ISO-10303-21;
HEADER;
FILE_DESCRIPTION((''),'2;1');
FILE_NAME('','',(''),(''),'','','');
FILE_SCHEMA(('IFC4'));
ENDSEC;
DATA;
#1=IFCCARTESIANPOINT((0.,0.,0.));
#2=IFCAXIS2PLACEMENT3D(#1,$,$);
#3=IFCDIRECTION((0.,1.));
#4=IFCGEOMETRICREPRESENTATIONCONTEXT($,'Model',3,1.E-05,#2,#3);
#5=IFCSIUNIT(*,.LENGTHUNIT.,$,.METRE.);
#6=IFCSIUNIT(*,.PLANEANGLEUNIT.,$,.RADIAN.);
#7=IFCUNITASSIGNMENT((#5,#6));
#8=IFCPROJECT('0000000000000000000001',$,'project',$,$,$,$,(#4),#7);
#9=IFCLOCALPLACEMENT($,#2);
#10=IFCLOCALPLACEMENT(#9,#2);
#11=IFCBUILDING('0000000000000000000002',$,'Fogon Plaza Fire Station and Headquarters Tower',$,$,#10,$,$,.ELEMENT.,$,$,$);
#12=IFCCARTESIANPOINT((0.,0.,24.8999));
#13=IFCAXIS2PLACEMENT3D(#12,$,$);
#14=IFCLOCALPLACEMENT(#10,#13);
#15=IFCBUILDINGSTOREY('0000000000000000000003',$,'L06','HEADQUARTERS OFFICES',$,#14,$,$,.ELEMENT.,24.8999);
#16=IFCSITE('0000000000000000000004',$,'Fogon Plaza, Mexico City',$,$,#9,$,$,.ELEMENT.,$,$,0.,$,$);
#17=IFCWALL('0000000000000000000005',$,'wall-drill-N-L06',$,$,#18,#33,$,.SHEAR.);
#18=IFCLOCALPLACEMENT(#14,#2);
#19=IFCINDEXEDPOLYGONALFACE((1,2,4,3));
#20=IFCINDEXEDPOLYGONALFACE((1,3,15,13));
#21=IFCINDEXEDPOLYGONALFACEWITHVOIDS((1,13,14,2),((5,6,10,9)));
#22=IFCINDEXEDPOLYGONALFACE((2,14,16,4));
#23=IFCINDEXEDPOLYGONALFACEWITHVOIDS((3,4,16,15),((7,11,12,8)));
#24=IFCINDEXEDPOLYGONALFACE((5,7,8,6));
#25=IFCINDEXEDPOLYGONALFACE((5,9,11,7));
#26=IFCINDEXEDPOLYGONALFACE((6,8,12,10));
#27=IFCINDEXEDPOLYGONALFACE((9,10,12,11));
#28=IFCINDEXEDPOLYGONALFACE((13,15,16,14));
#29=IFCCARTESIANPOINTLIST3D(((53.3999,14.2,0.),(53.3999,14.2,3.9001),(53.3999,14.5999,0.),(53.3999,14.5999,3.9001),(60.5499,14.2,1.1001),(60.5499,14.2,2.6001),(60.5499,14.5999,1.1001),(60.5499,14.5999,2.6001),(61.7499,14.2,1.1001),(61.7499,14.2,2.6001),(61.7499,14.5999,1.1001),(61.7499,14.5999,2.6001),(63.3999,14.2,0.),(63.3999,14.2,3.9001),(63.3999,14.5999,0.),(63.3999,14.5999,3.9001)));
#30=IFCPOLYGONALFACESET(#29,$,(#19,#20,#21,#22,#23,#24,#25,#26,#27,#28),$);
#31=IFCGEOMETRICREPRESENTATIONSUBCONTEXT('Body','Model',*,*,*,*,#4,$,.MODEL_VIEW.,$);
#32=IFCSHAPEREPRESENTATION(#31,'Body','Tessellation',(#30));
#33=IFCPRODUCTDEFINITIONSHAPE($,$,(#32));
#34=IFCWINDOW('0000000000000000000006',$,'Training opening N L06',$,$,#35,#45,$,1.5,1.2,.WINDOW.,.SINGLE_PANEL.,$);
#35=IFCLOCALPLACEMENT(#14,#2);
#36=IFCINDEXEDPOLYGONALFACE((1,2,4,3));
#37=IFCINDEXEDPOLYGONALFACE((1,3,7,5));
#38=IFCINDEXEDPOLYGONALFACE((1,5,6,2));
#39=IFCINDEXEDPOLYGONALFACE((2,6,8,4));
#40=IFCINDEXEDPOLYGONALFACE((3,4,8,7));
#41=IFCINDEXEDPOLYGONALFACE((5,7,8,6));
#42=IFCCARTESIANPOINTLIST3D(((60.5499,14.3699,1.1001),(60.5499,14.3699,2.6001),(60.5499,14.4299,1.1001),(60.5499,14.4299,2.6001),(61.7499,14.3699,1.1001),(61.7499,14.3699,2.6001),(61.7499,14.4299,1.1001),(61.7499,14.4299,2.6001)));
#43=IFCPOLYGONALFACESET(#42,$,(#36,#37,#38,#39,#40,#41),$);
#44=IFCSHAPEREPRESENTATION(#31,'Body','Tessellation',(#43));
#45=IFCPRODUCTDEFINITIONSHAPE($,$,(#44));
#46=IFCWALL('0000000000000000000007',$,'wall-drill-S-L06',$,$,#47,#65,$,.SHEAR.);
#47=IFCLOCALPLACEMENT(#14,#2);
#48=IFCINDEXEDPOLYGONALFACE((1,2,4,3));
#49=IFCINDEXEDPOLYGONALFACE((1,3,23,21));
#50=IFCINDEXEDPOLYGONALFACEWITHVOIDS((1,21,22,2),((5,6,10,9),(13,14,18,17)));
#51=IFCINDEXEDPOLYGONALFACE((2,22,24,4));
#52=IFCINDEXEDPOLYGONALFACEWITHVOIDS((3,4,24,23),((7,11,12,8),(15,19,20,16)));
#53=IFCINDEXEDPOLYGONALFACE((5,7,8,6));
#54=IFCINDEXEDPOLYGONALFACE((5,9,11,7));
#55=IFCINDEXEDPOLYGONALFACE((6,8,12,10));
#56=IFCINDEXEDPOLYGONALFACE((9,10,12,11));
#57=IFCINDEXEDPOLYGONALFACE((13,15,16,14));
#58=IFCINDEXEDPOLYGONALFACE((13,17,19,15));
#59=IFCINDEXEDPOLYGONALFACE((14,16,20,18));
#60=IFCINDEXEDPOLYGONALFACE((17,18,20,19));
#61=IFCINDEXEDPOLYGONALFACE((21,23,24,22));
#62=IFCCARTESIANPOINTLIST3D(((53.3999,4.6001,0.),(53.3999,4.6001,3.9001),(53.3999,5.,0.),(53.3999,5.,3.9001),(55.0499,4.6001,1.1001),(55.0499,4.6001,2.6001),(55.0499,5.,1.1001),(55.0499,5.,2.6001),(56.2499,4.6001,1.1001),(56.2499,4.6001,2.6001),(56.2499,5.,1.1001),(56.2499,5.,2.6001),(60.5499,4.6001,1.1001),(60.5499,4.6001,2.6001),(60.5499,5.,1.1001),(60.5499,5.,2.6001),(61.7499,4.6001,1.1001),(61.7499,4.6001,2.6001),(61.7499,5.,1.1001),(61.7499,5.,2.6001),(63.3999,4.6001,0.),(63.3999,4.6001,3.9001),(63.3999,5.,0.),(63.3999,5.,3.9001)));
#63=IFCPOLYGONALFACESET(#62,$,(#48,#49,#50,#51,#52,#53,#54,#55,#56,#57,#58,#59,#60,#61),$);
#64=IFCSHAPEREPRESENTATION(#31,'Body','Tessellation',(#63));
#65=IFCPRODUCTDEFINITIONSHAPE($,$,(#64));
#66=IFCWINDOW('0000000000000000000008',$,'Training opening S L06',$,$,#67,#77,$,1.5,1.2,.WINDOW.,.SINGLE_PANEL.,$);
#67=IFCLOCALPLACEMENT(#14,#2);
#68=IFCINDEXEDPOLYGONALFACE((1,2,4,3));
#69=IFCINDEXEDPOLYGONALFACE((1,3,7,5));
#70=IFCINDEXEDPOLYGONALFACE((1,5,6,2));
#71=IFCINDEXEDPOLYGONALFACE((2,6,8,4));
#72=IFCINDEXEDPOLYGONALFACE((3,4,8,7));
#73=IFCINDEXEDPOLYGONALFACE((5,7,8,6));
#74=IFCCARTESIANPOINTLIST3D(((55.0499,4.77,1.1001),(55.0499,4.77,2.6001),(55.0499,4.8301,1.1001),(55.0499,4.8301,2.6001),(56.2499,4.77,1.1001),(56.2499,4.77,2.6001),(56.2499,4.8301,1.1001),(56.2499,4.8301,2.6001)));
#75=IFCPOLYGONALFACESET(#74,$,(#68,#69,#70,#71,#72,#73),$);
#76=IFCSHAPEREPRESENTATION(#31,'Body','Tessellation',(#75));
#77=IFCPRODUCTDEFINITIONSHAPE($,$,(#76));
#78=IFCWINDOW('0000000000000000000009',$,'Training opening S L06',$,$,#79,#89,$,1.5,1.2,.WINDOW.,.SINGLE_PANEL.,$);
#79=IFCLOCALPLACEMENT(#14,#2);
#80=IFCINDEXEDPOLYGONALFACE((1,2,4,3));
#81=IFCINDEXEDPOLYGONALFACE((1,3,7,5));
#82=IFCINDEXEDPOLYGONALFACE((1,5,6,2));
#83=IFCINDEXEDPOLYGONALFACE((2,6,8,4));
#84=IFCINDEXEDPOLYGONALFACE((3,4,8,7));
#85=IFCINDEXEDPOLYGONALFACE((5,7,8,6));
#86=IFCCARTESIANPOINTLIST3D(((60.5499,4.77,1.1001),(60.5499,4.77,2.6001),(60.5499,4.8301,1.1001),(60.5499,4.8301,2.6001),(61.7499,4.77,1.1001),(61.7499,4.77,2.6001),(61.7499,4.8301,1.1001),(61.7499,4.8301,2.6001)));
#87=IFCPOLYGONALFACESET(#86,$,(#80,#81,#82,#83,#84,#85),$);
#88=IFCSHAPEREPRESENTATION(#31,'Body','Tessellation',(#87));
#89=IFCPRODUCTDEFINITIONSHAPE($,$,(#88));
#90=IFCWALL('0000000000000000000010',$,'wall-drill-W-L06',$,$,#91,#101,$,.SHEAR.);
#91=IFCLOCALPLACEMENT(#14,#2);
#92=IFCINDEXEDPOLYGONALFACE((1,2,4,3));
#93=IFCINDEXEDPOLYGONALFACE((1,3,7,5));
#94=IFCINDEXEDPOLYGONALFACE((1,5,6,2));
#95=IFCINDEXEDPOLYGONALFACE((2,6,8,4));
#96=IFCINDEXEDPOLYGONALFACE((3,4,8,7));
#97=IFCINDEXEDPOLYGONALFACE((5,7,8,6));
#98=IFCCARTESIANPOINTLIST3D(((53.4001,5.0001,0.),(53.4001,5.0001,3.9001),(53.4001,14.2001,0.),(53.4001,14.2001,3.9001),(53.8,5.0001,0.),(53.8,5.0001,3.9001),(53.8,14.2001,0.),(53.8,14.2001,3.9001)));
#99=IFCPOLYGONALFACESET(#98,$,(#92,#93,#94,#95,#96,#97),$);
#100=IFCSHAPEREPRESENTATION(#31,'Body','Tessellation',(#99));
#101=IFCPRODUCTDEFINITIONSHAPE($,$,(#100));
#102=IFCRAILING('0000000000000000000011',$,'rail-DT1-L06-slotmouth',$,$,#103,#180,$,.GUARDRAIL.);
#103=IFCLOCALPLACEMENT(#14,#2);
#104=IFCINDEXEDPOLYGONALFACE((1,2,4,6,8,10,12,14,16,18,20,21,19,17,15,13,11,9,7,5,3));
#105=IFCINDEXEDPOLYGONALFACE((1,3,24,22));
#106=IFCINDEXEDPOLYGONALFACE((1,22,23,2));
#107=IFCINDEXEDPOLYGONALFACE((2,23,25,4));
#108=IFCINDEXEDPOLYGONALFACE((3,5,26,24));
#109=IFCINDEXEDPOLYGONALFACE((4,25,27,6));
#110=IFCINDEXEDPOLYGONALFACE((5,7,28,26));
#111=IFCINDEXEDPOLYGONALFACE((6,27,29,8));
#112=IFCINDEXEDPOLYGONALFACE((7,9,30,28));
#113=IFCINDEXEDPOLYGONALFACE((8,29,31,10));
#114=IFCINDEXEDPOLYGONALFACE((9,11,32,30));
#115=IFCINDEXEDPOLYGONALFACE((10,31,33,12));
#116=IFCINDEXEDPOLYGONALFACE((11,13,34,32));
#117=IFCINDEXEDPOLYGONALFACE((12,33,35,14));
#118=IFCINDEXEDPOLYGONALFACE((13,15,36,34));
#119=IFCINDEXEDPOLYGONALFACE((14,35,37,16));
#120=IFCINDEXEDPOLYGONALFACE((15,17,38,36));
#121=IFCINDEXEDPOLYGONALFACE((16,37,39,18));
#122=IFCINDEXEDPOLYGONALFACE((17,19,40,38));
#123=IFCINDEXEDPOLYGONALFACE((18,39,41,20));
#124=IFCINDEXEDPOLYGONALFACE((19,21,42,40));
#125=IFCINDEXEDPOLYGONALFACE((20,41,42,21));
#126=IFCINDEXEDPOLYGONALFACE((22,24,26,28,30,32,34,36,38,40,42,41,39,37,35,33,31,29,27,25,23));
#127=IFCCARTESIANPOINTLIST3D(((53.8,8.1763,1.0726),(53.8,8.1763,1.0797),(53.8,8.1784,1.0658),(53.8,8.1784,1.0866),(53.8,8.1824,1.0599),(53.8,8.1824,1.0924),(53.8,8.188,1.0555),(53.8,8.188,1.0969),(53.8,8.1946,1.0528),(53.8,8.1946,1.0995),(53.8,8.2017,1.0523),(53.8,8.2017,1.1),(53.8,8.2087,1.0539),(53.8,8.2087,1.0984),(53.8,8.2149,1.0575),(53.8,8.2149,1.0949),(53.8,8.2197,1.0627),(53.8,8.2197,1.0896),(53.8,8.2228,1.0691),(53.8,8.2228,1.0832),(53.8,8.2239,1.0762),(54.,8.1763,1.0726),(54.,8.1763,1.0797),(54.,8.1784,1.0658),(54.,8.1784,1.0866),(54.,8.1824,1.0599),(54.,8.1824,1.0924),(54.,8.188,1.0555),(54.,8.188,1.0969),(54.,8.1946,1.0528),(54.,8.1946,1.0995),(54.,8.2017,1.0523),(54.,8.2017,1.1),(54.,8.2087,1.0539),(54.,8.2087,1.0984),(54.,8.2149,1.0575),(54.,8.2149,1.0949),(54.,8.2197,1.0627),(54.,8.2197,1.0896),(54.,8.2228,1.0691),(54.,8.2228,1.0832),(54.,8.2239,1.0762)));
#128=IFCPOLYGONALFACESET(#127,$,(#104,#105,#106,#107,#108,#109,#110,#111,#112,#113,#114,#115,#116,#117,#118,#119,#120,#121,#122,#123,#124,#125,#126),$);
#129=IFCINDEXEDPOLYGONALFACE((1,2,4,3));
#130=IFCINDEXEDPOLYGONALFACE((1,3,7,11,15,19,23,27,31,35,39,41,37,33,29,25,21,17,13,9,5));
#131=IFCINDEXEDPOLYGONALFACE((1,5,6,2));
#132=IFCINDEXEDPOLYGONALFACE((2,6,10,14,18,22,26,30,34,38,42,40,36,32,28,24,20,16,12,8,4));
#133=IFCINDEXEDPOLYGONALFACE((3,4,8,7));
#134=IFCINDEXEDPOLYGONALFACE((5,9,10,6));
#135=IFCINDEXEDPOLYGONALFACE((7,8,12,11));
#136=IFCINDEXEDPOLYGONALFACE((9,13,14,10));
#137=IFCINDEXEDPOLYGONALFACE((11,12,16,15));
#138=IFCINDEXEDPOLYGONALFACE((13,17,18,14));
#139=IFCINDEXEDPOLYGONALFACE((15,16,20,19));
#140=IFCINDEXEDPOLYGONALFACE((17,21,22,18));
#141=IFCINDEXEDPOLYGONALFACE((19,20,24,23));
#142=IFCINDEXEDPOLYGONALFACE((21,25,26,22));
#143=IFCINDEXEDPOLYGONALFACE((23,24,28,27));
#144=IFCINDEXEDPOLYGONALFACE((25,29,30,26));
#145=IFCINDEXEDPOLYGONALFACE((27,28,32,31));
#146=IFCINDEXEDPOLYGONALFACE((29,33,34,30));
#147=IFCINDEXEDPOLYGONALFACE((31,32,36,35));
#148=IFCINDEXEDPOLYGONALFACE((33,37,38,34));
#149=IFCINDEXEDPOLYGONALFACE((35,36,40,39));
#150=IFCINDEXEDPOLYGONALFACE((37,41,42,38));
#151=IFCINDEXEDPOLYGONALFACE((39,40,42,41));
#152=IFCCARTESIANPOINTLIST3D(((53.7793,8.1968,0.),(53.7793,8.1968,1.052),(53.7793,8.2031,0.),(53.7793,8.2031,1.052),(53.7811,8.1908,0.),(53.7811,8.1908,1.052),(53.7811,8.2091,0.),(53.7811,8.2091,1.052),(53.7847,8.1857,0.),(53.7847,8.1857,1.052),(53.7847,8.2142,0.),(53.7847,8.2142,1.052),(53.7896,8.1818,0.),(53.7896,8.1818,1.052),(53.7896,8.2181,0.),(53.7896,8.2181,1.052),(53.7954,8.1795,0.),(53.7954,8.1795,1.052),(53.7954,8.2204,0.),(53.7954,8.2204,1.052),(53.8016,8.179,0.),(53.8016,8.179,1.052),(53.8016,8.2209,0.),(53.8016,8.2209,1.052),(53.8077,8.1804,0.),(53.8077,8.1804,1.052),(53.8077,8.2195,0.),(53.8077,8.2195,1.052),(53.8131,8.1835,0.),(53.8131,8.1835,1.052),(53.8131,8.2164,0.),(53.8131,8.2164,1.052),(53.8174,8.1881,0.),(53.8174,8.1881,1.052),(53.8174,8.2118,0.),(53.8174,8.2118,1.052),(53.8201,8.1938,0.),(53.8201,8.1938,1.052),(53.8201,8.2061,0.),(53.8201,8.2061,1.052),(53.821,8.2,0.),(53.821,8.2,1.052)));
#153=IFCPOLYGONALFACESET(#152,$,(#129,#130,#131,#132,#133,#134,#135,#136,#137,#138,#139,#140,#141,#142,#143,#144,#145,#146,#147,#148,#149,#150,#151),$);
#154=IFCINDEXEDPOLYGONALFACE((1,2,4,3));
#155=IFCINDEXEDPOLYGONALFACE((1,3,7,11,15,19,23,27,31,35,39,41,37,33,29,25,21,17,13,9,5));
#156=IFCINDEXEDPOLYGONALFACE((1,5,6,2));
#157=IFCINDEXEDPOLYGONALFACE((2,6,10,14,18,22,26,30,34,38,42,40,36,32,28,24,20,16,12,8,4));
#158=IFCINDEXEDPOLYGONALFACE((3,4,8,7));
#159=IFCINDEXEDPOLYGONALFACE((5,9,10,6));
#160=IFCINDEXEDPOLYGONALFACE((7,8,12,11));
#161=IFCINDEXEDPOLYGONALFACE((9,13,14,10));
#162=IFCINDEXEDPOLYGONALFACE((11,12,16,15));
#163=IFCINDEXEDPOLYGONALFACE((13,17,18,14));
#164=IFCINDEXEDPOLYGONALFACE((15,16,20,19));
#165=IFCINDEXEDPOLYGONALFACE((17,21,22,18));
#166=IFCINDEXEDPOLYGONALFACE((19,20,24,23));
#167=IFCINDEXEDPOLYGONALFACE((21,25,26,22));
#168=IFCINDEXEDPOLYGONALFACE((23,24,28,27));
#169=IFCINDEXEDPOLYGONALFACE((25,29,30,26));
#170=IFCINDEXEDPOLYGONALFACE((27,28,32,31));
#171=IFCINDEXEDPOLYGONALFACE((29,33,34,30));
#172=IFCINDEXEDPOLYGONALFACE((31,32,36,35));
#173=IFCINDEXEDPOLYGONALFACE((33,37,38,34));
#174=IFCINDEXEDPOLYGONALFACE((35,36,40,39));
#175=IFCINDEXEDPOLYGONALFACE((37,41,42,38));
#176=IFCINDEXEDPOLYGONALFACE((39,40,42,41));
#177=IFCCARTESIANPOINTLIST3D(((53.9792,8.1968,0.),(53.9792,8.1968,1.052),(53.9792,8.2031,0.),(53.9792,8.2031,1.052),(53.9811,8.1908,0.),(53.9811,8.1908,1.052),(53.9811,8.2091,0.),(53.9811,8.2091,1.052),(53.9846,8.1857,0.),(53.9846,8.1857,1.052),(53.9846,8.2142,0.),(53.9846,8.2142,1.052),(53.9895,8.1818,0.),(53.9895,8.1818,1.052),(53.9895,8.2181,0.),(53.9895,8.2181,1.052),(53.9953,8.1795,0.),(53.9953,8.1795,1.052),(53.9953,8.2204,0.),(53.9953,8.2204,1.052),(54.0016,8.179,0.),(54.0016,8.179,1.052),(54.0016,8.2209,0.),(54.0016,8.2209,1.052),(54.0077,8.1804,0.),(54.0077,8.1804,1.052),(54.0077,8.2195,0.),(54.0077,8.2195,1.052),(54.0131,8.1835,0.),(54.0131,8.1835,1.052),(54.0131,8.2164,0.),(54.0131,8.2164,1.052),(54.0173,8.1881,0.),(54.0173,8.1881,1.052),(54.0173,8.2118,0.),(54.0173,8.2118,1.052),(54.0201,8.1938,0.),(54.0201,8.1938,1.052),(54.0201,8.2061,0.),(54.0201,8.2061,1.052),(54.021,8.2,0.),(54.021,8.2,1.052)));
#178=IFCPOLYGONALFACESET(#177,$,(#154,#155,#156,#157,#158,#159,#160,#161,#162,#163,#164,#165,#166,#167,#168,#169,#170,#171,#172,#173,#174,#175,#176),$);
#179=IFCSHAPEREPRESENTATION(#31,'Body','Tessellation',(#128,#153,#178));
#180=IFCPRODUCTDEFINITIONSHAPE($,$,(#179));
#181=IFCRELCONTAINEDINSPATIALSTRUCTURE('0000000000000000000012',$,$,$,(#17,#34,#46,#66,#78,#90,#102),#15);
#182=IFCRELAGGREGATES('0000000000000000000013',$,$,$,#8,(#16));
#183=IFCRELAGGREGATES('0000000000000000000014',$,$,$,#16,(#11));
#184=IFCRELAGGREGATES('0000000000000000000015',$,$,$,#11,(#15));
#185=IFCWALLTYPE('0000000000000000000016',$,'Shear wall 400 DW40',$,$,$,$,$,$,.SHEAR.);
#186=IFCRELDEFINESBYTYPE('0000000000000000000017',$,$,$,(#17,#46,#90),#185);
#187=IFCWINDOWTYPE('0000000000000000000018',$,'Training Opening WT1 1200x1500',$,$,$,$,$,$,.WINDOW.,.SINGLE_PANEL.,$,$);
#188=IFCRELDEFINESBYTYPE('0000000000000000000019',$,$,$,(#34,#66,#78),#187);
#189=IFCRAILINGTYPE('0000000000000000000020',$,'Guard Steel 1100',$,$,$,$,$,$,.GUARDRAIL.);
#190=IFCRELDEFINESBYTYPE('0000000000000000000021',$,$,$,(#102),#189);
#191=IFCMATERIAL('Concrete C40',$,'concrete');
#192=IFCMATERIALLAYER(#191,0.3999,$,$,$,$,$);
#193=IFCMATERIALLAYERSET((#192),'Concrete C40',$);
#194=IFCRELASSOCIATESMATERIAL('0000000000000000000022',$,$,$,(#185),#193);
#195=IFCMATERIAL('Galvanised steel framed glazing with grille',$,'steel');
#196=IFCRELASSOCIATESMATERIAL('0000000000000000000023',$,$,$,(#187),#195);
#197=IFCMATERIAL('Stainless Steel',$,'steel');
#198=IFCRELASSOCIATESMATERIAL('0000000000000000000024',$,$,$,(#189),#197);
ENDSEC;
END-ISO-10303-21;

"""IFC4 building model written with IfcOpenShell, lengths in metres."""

from ifc_helpers import new_model, si_unit, direction, frame, frame_2d, origin, origin_2d, place, context, subcontext, project, spatial, rectangle, circle, extrude, material, layer, layer_set, type_object, element, fill, save


model = new_model("IFC4")

# Units and contexts
model_context = context("Model", 3, precision=1e-05, world=origin(), true_north=direction((0.0, 1.0)))
body_context = subcontext(model_context, "Body", "Model", "MODEL_VIEW")
ifc_project = project(units=[si_unit("LENGTHUNIT", "METRE"), si_unit("PLANEANGLEUNIT", "RADIAN")], contexts=[model_context])

# Site, building, storey
site_placement = place(None, origin())
site = spatial("IfcSite", under=ifc_project, at=site_placement, Name="Fogon Plaza, Mexico City", CompositionType="ELEMENT", RefElevation=0.0)
building_placement = place(site_placement, origin())
building = spatial("IfcBuilding", under=site, at=building_placement, Name="Fogon Plaza Fire Station and Headquarters Tower", CompositionType="ELEMENT")
storey_placement = place(building_placement, frame((0.0, 0.0, 24.8999)))
storey = spatial("IfcBuildingStorey", under=building, at=storey_placement, Name="L06", Description="HEADQUARTERS OFFICES", CompositionType="ELEMENT", Elevation=24.8999)

# Wall, opening, window
ifc_material_1 = material(Name="Concrete C40", Category="concrete")
ifc_layer_1 = layer(ifc_material_1, 0.3999)
ifc_layer_set_1 = layer_set([ifc_layer_1], Name="Concrete C40")
wall_type_1 = type_object("IfcWallType", Name="Shear wall 400 DW40", PredefinedType="SHEAR", material=ifc_layer_set_1)
wall_1_placement = place(storey_placement, frame((53.3999, 14.3999, 0.0), z_axis=(0.0, 0.0, 1.0), x_axis=(1.0, 0.0, 0.0)))
wall_1 = element("IfcWall", 1, at=wall_1_placement, inside=storey, type_object=wall_type_1, Name="wall-drill-N-L06", PredefinedType="SHEAR", context=body_context, shape_type="SweptSolid", body=[
    extrude(rectangle(XDim=10.0, YDim=0.3999, at=frame_2d((5.0, 0.0))), origin(), (0.0, 0.0, 1.0), 3.9001),
])
opening_1_placement = place(wall_1_placement, frame((7.1499, 0.0, 1.1001)))
opening_1 = element("IfcOpeningElement", 2, at=opening_1_placement, cuts=wall_1, PredefinedType="OPENING", context=body_context, shape_type="SweptSolid", body=[
    extrude(rectangle(XDim=1.2, YDim=1.5, at=frame_2d((0.6001, 0.75))), frame((0.0, 0.21, 0.0), z_axis=(0.0, -1.0, 0.0), x_axis=(1.0, 0.0, 0.0)), (0.0, 0.0, 1.0), 0.4199),
])
ifc_material_2 = material(Name="Galvanised steel framed glazing with grille", Category="steel")
window_type = type_object("IfcWindowType", Name="Training Opening WT1 1200x1500", PartitioningType="SINGLE_PANEL", PredefinedType="WINDOW", material=ifc_material_2)
window_1_placement = place(opening_1_placement, origin())
window_1 = element("IfcWindow", 3, at=window_1_placement, inside=storey, type_object=window_type, Name="Training opening N L06", OverallHeight=1.5, OverallWidth=1.2, PartitioningType="SINGLE_PANEL", PredefinedType="WINDOW", context=body_context, shape_type="SweptSolid", body=[
    extrude(rectangle(XDim=1.2, YDim=1.5, at=frame_2d((0.6001, 0.75))), frame((0.0, 0.03, 0.0), z_axis=(0.0, -1.0, 0.0), x_axis=(1.0, 0.0, 0.0)), (0.0, 0.0, 1.0), 0.0601),
])
fill(opening_1, window_1)

# Wall, openings, windows
wall_2_placement = place(storey_placement, frame((53.3999, 4.8, 0.0), z_axis=(0.0, 0.0, 1.0), x_axis=(1.0, 0.0, 0.0)))
wall_2 = element("IfcWall", 4, at=wall_2_placement, inside=storey, type_object=wall_type_1, Name="wall-drill-S-L06", PredefinedType="SHEAR", context=body_context, shape_type="SweptSolid", body=[
    extrude(rectangle(XDim=10.0, YDim=0.3999, at=frame_2d((5.0, 0.0))), origin(), (0.0, 0.0, 1.0), 3.9001),
])
opening_2_placement = place(wall_2_placement, frame((1.6499, 0.0, 1.1001)))
opening_2 = element("IfcOpeningElement", 5, at=opening_2_placement, cuts=wall_2, PredefinedType="OPENING", context=body_context, shape_type="SweptSolid", body=[
    extrude(rectangle(XDim=1.2, YDim=1.5, at=frame_2d((0.6001, 0.75))), frame((0.0, 0.21, 0.0), z_axis=(0.0, -1.0, 0.0), x_axis=(1.0, 0.0, 0.0)), (0.0, 0.0, 1.0), 0.4199),
])
opening_3_placement = place(wall_2_placement, frame((7.1499, 0.0, 1.1001)))
opening_3 = element("IfcOpeningElement", 6, at=opening_3_placement, cuts=wall_2, PredefinedType="OPENING", context=body_context, shape_type="SweptSolid", body=[
    extrude(rectangle(XDim=1.2, YDim=1.5, at=frame_2d((0.6001, 0.75))), frame((0.0, 0.21, 0.0), z_axis=(0.0, -1.0, 0.0), x_axis=(1.0, 0.0, 0.0)), (0.0, 0.0, 1.0), 0.4199),
])
window_2_placement = place(opening_2_placement, origin())
window_2 = element("IfcWindow", 7, at=window_2_placement, inside=storey, type_object=window_type, Name="Training opening S L06", OverallHeight=1.5, OverallWidth=1.2, PartitioningType="SINGLE_PANEL", PredefinedType="WINDOW", context=body_context, shape_type="SweptSolid", body=[
    extrude(rectangle(XDim=1.2, YDim=1.5, at=frame_2d((0.6001, 0.75))), frame((0.0, 0.03, 0.0), z_axis=(0.0, -1.0, 0.0), x_axis=(1.0, 0.0, 0.0)), (0.0, 0.0, 1.0), 0.0601),
])
fill(opening_2, window_2)
window_3_placement = place(opening_3_placement, origin())
window_3 = element("IfcWindow", 8, at=window_3_placement, inside=storey, type_object=window_type, Name="Training opening S L06", OverallHeight=1.5, OverallWidth=1.2, PartitioningType="SINGLE_PANEL", PredefinedType="WINDOW", context=body_context, shape_type="SweptSolid", body=[
    extrude(rectangle(XDim=1.2, YDim=1.5, at=frame_2d((0.6001, 0.75))), frame((0.0, 0.03, 0.0), z_axis=(0.0, -1.0, 0.0), x_axis=(1.0, 0.0, 0.0)), (0.0, 0.0, 1.0), 0.0601),
])
fill(opening_3, window_3)

# Wall
wall_3_placement = place(storey_placement, frame((53.6001, 5.0, 0.0), z_axis=(0.0, 0.0, 1.0), x_axis=(0.0, 1.0, 0.0)))
element("IfcWall", 9, at=wall_3_placement, inside=storey, type_object=wall_type_1, Name="wall-drill-W-L06", PredefinedType="SHEAR", context=body_context, shape_type="SweptSolid", body=[
    extrude(rectangle(XDim=9.2, YDim=0.3999, at=frame_2d((4.6001, 0.0))), origin(), (0.0, 0.0, 1.0), 3.9001),
])

# Railing
ifc_material_3 = material(Name="Stainless Steel", Category="steel")
railing_type = type_object("IfcRailingType", Name="Guard Steel 1100", PredefinedType="GUARDRAIL", material=ifc_material_3)
railing_placement = place(storey_placement, frame((53.8, 8.2, 0.0)))
element("IfcRailing", 10, at=railing_placement, inside=storey, type_object=railing_type, Name="rail-DT1-L06-slotmouth", PredefinedType="GUARDRAIL", context=body_context, shape_type="SweptSolid", body=[
    extrude(circle(Radius=0.0239, at=origin_2d()), frame((0.0, 0.0, 1.0762), z_axis=(1.0, 0.0, 0.0), x_axis=(0.0, 1.0, 0.0)), (0.0, 0.0, 1.0), 0.2),
    extrude(circle(Radius=0.021, at=origin_2d()), origin(), (0.0, 0.0, 1.0), 1.052),
    extrude(circle(Radius=0.021, at=origin_2d()), frame((0.2, 0.0, 0.0)), (0.0, 0.0, 1.0), 1.052),
])

save(model, "model.ifc")
